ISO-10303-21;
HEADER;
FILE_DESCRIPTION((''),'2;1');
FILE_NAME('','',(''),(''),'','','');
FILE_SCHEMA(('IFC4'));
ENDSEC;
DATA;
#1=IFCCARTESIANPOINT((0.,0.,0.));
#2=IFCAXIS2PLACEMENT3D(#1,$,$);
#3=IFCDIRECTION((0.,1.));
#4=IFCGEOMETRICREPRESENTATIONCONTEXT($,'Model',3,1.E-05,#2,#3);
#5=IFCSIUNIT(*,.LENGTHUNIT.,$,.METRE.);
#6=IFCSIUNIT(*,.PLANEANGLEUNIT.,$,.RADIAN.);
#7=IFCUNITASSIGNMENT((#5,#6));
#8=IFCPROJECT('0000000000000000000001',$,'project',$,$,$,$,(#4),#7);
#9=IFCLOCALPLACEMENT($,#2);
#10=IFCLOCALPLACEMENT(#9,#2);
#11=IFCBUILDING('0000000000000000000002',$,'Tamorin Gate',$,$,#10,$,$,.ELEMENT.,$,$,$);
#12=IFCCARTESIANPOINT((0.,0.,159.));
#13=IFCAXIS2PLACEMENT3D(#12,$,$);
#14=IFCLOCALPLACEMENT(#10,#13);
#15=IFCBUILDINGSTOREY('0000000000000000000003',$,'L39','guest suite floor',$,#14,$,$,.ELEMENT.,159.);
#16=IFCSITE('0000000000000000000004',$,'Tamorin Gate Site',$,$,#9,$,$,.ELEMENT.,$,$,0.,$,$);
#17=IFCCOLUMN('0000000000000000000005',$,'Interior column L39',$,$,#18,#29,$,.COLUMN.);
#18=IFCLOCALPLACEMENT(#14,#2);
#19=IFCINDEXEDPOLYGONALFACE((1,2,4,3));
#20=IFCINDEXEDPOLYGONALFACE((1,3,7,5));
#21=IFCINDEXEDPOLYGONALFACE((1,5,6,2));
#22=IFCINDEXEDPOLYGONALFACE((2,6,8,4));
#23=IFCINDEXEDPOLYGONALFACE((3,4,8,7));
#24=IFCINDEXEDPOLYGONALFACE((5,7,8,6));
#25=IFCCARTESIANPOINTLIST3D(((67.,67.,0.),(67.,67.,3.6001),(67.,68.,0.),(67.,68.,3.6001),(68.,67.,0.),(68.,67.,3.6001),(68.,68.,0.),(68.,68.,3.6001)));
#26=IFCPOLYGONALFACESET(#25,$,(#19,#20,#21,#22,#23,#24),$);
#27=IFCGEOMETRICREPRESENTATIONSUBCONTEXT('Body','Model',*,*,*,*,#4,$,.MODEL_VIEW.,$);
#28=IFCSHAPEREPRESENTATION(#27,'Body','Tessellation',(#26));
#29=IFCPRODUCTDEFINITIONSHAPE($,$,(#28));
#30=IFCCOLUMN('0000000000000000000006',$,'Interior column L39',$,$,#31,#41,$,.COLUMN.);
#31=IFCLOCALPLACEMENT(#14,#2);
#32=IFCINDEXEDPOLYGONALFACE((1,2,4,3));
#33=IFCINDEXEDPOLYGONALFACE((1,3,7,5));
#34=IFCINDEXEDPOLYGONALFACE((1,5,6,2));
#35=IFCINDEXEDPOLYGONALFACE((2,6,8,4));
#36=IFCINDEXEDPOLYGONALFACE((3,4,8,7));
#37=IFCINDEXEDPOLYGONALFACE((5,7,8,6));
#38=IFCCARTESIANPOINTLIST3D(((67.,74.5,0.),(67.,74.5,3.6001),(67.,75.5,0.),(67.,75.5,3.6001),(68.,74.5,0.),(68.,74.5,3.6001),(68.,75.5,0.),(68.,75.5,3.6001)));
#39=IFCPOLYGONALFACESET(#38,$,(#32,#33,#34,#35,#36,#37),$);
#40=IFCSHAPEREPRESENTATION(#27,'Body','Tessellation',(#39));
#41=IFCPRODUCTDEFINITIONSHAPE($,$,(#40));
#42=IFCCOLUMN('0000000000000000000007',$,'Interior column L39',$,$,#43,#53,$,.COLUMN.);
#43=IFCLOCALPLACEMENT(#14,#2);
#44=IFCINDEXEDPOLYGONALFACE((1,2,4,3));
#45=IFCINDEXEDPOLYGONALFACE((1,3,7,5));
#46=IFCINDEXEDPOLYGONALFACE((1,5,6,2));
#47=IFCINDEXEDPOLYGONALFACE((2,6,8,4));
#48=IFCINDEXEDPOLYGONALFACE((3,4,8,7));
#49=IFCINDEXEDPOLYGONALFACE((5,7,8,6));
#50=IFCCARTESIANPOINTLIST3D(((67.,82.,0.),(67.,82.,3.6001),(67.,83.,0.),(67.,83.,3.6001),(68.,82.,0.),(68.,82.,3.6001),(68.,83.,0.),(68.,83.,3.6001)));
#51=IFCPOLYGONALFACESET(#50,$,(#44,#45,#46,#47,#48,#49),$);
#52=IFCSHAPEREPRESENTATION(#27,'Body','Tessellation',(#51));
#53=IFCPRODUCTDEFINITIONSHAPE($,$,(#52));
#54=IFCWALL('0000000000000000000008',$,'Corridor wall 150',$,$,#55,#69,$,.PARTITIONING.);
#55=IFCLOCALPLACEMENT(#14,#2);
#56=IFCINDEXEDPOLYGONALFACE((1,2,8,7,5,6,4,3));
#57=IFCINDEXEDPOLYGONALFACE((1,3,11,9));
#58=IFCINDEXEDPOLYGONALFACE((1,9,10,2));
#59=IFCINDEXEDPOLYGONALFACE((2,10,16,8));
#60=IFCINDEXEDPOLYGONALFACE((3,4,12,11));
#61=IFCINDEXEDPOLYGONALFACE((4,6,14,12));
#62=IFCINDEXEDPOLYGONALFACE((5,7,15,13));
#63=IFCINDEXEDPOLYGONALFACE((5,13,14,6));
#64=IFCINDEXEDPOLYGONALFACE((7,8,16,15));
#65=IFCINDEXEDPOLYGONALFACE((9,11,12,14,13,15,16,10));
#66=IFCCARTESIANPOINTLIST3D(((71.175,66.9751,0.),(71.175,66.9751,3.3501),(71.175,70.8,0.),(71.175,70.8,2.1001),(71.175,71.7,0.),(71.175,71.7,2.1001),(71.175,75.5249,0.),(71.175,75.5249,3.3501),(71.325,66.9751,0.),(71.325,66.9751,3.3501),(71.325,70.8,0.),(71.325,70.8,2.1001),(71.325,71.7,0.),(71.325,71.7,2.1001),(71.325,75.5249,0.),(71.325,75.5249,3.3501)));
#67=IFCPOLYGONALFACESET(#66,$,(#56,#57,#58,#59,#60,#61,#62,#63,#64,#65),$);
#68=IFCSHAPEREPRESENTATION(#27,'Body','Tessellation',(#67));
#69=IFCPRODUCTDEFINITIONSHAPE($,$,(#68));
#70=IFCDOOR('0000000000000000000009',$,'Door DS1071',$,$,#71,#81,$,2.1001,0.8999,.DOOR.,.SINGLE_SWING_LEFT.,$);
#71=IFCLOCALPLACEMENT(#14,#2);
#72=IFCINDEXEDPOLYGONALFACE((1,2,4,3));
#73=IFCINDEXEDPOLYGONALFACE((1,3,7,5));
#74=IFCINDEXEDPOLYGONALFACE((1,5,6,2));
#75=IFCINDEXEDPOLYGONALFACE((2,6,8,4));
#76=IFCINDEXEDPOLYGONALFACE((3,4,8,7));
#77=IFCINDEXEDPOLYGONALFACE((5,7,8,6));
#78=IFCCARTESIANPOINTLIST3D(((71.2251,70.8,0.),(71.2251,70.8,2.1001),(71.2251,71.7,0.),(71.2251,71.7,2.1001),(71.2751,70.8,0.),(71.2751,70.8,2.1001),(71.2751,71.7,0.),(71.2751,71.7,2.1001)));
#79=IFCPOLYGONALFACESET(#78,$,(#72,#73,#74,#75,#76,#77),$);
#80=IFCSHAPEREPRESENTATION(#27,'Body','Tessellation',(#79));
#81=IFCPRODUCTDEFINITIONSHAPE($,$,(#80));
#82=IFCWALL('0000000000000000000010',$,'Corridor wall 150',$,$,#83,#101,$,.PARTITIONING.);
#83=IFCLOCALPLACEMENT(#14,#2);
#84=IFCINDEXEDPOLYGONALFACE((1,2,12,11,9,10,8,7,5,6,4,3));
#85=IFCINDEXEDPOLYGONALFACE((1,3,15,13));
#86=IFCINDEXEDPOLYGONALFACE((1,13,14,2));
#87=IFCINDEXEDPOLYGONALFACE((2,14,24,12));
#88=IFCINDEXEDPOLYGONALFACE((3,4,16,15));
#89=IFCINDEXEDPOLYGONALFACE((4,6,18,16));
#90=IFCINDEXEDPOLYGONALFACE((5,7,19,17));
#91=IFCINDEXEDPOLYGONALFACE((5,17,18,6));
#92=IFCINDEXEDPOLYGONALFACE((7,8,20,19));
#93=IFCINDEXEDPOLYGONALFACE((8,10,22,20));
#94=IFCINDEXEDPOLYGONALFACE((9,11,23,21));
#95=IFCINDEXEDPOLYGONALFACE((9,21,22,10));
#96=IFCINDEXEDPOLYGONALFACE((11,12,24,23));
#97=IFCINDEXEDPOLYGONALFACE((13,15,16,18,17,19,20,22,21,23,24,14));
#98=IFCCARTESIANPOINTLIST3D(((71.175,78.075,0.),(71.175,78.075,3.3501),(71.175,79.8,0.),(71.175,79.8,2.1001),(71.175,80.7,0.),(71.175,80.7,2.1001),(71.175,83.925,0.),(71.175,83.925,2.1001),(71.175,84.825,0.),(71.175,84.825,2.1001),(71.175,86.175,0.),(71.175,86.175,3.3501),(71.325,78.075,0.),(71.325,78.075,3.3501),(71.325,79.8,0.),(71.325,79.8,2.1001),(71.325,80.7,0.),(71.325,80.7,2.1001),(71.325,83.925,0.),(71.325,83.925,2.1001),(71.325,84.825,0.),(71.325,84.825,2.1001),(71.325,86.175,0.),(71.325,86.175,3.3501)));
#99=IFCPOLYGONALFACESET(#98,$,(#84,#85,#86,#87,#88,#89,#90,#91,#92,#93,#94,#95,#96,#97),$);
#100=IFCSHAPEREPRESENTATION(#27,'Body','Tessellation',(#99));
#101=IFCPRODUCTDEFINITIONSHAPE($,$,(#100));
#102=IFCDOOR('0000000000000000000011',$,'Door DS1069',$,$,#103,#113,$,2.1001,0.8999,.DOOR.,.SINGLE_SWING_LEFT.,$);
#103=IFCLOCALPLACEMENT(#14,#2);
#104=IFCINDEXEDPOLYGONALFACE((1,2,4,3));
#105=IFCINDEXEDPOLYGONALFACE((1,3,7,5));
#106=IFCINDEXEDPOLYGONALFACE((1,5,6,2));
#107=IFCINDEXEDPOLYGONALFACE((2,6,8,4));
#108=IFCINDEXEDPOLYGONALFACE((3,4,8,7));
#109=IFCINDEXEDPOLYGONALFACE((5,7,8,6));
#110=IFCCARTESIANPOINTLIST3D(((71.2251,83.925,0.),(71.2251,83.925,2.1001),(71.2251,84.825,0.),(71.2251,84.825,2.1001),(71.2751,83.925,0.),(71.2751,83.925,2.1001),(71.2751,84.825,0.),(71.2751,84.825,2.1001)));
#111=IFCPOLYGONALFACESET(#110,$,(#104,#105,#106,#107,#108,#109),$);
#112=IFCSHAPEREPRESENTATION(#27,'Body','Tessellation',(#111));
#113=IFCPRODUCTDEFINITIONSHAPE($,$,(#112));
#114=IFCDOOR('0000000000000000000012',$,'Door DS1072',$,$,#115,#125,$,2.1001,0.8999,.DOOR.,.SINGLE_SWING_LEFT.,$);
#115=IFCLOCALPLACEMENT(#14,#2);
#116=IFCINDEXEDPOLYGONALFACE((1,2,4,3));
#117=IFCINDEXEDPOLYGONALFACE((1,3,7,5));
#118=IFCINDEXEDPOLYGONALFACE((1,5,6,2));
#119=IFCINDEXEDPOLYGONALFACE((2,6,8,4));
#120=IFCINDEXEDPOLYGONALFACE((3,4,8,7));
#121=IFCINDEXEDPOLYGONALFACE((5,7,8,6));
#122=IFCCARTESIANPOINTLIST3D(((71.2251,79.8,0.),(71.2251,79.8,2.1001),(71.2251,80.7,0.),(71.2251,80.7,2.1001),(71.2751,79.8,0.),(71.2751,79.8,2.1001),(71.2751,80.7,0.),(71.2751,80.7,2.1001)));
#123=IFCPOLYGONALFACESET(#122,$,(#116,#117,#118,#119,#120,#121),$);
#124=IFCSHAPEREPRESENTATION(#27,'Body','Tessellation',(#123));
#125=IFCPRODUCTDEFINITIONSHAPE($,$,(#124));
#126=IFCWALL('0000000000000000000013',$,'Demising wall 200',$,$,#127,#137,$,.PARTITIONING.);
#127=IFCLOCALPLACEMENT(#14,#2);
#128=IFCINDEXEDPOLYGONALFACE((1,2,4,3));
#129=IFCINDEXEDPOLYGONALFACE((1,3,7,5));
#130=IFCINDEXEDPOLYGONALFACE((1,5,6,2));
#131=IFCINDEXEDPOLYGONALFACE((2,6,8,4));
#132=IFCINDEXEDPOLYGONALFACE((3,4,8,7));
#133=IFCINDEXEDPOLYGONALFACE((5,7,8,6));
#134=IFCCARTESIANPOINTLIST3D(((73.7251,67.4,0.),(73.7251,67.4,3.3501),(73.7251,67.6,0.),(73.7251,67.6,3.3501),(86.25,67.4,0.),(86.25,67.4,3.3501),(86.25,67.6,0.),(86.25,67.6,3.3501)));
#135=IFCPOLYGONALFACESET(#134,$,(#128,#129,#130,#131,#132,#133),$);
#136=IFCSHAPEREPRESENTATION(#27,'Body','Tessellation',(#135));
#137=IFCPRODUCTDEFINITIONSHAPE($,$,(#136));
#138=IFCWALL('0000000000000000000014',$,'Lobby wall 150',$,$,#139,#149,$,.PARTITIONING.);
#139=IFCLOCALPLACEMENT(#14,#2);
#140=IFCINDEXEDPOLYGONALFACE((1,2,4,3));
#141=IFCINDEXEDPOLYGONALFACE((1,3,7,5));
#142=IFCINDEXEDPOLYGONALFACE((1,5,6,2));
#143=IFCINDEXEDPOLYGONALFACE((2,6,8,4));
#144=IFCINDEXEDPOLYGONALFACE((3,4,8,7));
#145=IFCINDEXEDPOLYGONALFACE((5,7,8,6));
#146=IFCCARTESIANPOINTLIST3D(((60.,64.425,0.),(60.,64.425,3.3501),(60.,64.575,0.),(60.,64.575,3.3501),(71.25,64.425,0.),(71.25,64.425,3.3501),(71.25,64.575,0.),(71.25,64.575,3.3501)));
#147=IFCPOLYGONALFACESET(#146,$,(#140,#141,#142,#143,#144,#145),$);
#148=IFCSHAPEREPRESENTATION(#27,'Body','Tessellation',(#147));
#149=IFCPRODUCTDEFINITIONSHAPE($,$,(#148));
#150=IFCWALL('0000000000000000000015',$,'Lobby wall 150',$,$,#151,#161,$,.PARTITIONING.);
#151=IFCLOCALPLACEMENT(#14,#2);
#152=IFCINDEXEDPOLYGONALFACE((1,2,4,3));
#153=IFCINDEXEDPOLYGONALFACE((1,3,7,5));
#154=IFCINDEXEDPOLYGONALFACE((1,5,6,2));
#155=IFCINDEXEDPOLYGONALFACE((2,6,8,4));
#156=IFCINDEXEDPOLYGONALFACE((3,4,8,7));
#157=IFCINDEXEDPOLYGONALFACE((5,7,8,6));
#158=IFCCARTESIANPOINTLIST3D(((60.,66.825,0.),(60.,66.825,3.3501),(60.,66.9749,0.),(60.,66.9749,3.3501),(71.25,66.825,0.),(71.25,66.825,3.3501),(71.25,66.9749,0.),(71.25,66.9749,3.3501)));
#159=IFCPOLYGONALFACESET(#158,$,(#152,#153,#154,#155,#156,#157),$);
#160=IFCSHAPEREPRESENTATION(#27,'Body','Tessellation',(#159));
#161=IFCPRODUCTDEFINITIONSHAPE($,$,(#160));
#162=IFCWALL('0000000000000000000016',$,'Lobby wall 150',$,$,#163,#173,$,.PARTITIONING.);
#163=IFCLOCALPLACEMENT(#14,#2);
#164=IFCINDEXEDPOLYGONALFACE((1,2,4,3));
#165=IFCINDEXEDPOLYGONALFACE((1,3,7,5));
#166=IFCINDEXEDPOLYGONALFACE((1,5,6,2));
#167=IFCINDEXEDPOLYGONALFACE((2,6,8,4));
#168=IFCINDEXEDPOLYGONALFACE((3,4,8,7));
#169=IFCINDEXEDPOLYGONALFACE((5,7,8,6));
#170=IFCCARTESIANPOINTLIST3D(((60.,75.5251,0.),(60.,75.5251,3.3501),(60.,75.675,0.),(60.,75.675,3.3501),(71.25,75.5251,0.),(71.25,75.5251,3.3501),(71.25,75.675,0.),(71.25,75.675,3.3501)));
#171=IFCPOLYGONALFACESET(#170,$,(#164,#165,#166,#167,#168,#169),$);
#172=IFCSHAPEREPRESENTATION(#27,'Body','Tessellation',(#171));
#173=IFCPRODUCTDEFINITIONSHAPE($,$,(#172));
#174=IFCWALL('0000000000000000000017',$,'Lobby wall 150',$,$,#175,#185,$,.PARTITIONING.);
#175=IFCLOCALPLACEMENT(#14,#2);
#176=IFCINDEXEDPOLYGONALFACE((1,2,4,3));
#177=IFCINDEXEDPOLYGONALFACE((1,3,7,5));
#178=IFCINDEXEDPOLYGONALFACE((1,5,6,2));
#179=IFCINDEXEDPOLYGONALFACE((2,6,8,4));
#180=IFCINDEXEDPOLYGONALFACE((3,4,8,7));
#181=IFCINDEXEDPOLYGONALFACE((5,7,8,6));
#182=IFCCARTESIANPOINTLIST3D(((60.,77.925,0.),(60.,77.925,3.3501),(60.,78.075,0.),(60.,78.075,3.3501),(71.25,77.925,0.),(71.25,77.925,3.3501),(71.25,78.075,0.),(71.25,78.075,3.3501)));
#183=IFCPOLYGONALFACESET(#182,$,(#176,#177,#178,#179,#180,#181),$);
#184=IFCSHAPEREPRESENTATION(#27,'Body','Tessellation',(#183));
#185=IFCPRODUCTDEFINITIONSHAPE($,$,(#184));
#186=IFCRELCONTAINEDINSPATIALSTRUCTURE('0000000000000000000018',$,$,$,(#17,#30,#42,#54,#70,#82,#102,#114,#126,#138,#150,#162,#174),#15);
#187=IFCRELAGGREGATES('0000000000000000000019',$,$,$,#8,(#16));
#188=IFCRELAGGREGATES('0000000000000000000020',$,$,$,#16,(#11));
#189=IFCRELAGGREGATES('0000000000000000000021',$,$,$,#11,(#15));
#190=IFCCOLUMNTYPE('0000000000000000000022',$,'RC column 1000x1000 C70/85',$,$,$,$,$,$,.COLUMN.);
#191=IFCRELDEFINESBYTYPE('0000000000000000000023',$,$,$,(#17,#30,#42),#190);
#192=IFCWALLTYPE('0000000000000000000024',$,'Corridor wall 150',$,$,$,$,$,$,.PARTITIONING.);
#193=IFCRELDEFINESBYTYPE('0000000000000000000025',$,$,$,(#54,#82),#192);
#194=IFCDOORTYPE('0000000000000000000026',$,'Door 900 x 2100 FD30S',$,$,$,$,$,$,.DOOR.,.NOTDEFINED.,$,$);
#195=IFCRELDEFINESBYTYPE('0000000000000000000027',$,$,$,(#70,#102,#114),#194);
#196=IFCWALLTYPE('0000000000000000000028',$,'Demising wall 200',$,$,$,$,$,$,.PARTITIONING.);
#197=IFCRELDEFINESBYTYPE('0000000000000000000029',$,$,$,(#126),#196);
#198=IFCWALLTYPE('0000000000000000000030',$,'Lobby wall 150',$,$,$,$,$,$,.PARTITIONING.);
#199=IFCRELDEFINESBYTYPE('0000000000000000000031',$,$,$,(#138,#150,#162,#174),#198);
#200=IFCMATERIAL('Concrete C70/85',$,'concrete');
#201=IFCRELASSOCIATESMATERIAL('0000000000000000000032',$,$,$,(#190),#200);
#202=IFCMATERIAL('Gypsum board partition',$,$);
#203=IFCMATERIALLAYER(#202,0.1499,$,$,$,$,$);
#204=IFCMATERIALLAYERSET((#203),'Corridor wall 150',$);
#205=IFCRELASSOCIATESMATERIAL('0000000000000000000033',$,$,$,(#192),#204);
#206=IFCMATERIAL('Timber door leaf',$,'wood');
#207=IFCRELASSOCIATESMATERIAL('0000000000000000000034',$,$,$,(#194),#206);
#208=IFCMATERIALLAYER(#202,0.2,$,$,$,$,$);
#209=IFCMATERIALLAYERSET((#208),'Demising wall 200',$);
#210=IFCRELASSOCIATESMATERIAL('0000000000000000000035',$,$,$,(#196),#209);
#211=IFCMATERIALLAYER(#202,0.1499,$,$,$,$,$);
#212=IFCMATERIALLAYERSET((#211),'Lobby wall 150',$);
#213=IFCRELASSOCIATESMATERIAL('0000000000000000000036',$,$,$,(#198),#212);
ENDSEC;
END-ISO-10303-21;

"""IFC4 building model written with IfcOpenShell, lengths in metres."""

from ifc_helpers import new_model, si_unit, direction, frame, frame_2d, origin, origin_2d, place, context, subcontext, project, spatial, rectangle, extrude, material, layer, layer_set, material_profile, profile_set, type_object, element, fill, save


model = new_model("IFC4")

# Units and contexts
model_context = context("Model", 3, precision=1e-05, world=origin(), true_north=direction((0.0, 1.0)))
body_context = subcontext(model_context, "Body", "Model", "MODEL_VIEW")
ifc_project = project(units=[si_unit("LENGTHUNIT", "METRE"), si_unit("PLANEANGLEUNIT", "RADIAN")], contexts=[model_context])

# Site, building, storey
site_placement = place(None, origin())
site = spatial("IfcSite", under=ifc_project, at=site_placement, Name="Tamorin Gate Site", CompositionType="ELEMENT", RefElevation=0.0)
building_placement = place(site_placement, origin())
building = spatial("IfcBuilding", under=site, at=building_placement, Name="Tamorin Gate", CompositionType="ELEMENT")
storey_placement = place(building_placement, frame((0.0, 0.0, 159.0)))
storey = spatial("IfcBuildingStorey", under=building, at=storey_placement, Name="L39", Description="guest suite floor", CompositionType="ELEMENT", Elevation=159.0)

# Columns
ifc_material_1 = material(Name="Concrete C70/85", Category="concrete")
ifc_material_profile = material_profile(ifc_material_1, rectangle(XDim=1.0, YDim=1.0, at=origin_2d()), Name="RC 1000x1000")
ifc_profile_set = profile_set([ifc_material_profile], Name="Concrete C70/85")
column_type = type_object("IfcColumnType", Name="RC column 1000x1000 C70/85", PredefinedType="COLUMN", material=ifc_profile_set)
for number, where, z_axis, x_axis, name in (
    (1, (67.5, 67.5, 0.0), (0.0, 0.0, 1.0), (1.0, 0.0, 0.0), "Interior column L39"),
    (2, (67.5, 75.0, 0.0), (0.0, 0.0, 1.0), (1.0, 0.0, 0.0), "Interior column L39"),
    (3, (67.5, 82.5, 0.0), (0.0, 0.0, 1.0), (1.0, 0.0, 0.0), "Interior column L39"),
):
    element("IfcColumn", number, at=place(storey_placement, frame(where, z_axis=z_axis, x_axis=x_axis)), inside=storey, type_object=column_type, Name=name, PredefinedType="COLUMN", context=body_context, shape_type="SweptSolid", body=[
        extrude(rectangle(XDim=1.0, YDim=1.0, at=origin_2d()), origin(), (0.0, 0.0, 1.0), 3.6001),
    ])

# Wall, opening, door
ifc_material_2 = material(Name="Gypsum board partition")
ifc_layer_1 = layer(ifc_material_2, 0.1499)
ifc_layer_set_1 = layer_set([ifc_layer_1], Name="Corridor wall 150")
wall_type_1 = type_object("IfcWallType", Name="Corridor wall 150", PredefinedType="PARTITIONING", material=ifc_layer_set_1)
wall_1_placement = place(storey_placement, frame((71.25, 66.9751, 0.0), z_axis=(0.0, 0.0, 1.0), x_axis=(0.0, 1.0, 0.0)))
wall_1 = element("IfcWall", 4, at=wall_1_placement, inside=storey, type_object=wall_type_1, Name="Corridor wall 150", PredefinedType="PARTITIONING", context=body_context, shape_type="SweptSolid", body=[
    extrude(rectangle(XDim=8.5498, YDim=0.1499, at=frame_2d((4.2749, 0.0))), origin(), (0.0, 0.0, 1.0), 3.3501),
])
opening_1_placement = place(wall_1_placement, frame((3.825, 0.0, 0.0)))
opening_1 = element("IfcOpeningElement", 5, at=opening_1_placement, cuts=wall_1, PredefinedType="OPENING", context=body_context, shape_type="SweptSolid", body=[
    extrude(rectangle(XDim=0.8999, YDim=2.1001, at=frame_2d((0.45, 1.05))), frame((0.0, 0.085, 0.0), z_axis=(0.0, -1.0, 0.0), x_axis=(1.0, 0.0, 0.0)), (0.0, 0.0, 1.0), 0.1699),
])
ifc_material_3 = material(Name="Timber door leaf", Category="wood")
door_type_1 = type_object("IfcDoorType", Name="Door 900 x 2100 FD30S", OperationType="NOTDEFINED", PredefinedType="DOOR", material=ifc_material_3)
door_1_placement = place(opening_1_placement, origin())
door_1 = element("IfcDoor", 6, at=door_1_placement, inside=storey, type_object=door_type_1, Name="Door DS1071", OperationType="SINGLE_SWING_LEFT", OverallHeight=2.1001, OverallWidth=0.8999, PredefinedType="DOOR", context=body_context, shape_type="SweptSolid", body=[
    extrude(rectangle(XDim=0.8999, YDim=2.1001, at=frame_2d((0.45, 1.05))), frame((0.0, 0.0249, 0.0), z_axis=(0.0, -1.0, 0.0), x_axis=(1.0, 0.0, 0.0)), (0.0, 0.0, 1.0), 0.05),
])
fill(opening_1, door_1)

# Wall, openings, doors
wall_2_placement = place(storey_placement, frame((71.25, 78.075, 0.0), z_axis=(0.0, 0.0, 1.0), x_axis=(0.0, 1.0, 0.0)))
wall_2 = element("IfcWall", 7, at=wall_2_placement, inside=storey, type_object=wall_type_1, Name="Corridor wall 150", PredefinedType="PARTITIONING", context=body_context, shape_type="SweptSolid", body=[
    extrude(rectangle(XDim=8.1001, YDim=0.1499, at=frame_2d((4.05, 0.0))), origin(), (0.0, 0.0, 1.0), 3.3501),
])
opening_2_placement = place(wall_2_placement, frame((5.8501, 0.0, 0.0)))
opening_2 = element("IfcOpeningElement", 8, at=opening_2_placement, cuts=wall_2, PredefinedType="OPENING", context=body_context, shape_type="SweptSolid", body=[
    extrude(rectangle(XDim=0.8999, YDim=2.1001, at=frame_2d((0.45, 1.05))), frame((0.0, 0.085, 0.0), z_axis=(0.0, -1.0, 0.0), x_axis=(1.0, 0.0, 0.0)), (0.0, 0.0, 1.0), 0.1699),
])
opening_3_placement = place(wall_2_placement, frame((1.7251, 0.0, 0.0)))
opening_3 = element("IfcOpeningElement", 9, at=opening_3_placement, cuts=wall_2, PredefinedType="OPENING", context=body_context, shape_type="SweptSolid", body=[
    extrude(rectangle(XDim=0.8999, YDim=2.1001, at=frame_2d((0.45, 1.05))), frame((0.0, 0.085, 0.0), z_axis=(0.0, -1.0, 0.0), x_axis=(1.0, 0.0, 0.0)), (0.0, 0.0, 1.0), 0.1699),
])
door_2_placement = place(opening_2_placement, origin())
door_2 = element("IfcDoor", 10, at=door_2_placement, inside=storey, type_object=door_type_1, Name="Door DS1069", OperationType="SINGLE_SWING_LEFT", OverallHeight=2.1001, OverallWidth=0.8999, PredefinedType="DOOR", context=body_context, shape_type="SweptSolid", body=[
    extrude(rectangle(XDim=0.8999, YDim=2.1001, at=frame_2d((0.45, 1.05))), frame((0.0, 0.0249, 0.0), z_axis=(0.0, -1.0, 0.0), x_axis=(1.0, 0.0, 0.0)), (0.0, 0.0, 1.0), 0.05),
])
fill(opening_2, door_2)
door_3_placement = place(opening_3_placement, origin())
door_3 = element("IfcDoor", 11, at=door_3_placement, inside=storey, type_object=door_type_1, Name="Door DS1072", OperationType="SINGLE_SWING_LEFT", OverallHeight=2.1001, OverallWidth=0.8999, PredefinedType="DOOR", context=body_context, shape_type="SweptSolid", body=[
    extrude(rectangle(XDim=0.8999, YDim=2.1001, at=frame_2d((0.45, 1.05))), frame((0.0, 0.0249, 0.0), z_axis=(0.0, -1.0, 0.0), x_axis=(1.0, 0.0, 0.0)), (0.0, 0.0, 1.0), 0.05),
])
fill(opening_3, door_3)

# Walls
ifc_layer_2 = layer(ifc_material_2, 0.2)
ifc_layer_set_2 = layer_set([ifc_layer_2], Name="Demising wall 200")
wall_type_2 = type_object("IfcWallType", Name="Demising wall 200", PredefinedType="PARTITIONING", material=ifc_layer_set_2)
wall_3_placement = place(storey_placement, frame((73.7251, 67.5, 0.0), z_axis=(0.0, 0.0, 1.0), x_axis=(1.0, 0.0, 0.0)))
element("IfcWall", 12, at=wall_3_placement, inside=storey, type_object=wall_type_2, Name="Demising wall 200", PredefinedType="PARTITIONING", context=body_context, shape_type="SweptSolid", body=[
    extrude(rectangle(XDim=12.5249, YDim=0.2, at=frame_2d((6.2625, 0.0))), origin(), (0.0, 0.0, 1.0), 3.3501),
])
ifc_layer_3 = layer(ifc_material_2, 0.1499)
ifc_layer_set_3 = layer_set([ifc_layer_3], Name="Lobby wall 150")
wall_type_3 = type_object("IfcWallType", Name="Lobby wall 150", PredefinedType="PARTITIONING", material=ifc_layer_set_3)
for number, where, z_axis, x_axis, name in (
    (13, (60.0, 64.5, 0.0), (0.0, 0.0, 1.0), (1.0, 0.0, 0.0), "Lobby wall 150"),
    (14, (60.0, 66.8999, 0.0), (0.0, 0.0, 1.0), (1.0, 0.0, 0.0), "Lobby wall 150"),
    (15, (60.0, 75.6001, 0.0), (0.0, 0.0, 1.0), (1.0, 0.0, 0.0), "Lobby wall 150"),
    (16, (60.0, 78.0, 0.0), (0.0, 0.0, 1.0), (1.0, 0.0, 0.0), "Lobby wall 150"),
):
    element("IfcWall", number, at=place(storey_placement, frame(where, z_axis=z_axis, x_axis=x_axis)), inside=storey, type_object=wall_type_3, Name=name, PredefinedType="PARTITIONING", context=body_context, shape_type="SweptSolid", body=[
        extrude(rectangle(XDim=11.25, YDim=0.1499, at=frame_2d((5.625, 0.0))), origin(), (0.0, 0.0, 1.0), 3.3501),
    ])

save(model, "model.ifc")
